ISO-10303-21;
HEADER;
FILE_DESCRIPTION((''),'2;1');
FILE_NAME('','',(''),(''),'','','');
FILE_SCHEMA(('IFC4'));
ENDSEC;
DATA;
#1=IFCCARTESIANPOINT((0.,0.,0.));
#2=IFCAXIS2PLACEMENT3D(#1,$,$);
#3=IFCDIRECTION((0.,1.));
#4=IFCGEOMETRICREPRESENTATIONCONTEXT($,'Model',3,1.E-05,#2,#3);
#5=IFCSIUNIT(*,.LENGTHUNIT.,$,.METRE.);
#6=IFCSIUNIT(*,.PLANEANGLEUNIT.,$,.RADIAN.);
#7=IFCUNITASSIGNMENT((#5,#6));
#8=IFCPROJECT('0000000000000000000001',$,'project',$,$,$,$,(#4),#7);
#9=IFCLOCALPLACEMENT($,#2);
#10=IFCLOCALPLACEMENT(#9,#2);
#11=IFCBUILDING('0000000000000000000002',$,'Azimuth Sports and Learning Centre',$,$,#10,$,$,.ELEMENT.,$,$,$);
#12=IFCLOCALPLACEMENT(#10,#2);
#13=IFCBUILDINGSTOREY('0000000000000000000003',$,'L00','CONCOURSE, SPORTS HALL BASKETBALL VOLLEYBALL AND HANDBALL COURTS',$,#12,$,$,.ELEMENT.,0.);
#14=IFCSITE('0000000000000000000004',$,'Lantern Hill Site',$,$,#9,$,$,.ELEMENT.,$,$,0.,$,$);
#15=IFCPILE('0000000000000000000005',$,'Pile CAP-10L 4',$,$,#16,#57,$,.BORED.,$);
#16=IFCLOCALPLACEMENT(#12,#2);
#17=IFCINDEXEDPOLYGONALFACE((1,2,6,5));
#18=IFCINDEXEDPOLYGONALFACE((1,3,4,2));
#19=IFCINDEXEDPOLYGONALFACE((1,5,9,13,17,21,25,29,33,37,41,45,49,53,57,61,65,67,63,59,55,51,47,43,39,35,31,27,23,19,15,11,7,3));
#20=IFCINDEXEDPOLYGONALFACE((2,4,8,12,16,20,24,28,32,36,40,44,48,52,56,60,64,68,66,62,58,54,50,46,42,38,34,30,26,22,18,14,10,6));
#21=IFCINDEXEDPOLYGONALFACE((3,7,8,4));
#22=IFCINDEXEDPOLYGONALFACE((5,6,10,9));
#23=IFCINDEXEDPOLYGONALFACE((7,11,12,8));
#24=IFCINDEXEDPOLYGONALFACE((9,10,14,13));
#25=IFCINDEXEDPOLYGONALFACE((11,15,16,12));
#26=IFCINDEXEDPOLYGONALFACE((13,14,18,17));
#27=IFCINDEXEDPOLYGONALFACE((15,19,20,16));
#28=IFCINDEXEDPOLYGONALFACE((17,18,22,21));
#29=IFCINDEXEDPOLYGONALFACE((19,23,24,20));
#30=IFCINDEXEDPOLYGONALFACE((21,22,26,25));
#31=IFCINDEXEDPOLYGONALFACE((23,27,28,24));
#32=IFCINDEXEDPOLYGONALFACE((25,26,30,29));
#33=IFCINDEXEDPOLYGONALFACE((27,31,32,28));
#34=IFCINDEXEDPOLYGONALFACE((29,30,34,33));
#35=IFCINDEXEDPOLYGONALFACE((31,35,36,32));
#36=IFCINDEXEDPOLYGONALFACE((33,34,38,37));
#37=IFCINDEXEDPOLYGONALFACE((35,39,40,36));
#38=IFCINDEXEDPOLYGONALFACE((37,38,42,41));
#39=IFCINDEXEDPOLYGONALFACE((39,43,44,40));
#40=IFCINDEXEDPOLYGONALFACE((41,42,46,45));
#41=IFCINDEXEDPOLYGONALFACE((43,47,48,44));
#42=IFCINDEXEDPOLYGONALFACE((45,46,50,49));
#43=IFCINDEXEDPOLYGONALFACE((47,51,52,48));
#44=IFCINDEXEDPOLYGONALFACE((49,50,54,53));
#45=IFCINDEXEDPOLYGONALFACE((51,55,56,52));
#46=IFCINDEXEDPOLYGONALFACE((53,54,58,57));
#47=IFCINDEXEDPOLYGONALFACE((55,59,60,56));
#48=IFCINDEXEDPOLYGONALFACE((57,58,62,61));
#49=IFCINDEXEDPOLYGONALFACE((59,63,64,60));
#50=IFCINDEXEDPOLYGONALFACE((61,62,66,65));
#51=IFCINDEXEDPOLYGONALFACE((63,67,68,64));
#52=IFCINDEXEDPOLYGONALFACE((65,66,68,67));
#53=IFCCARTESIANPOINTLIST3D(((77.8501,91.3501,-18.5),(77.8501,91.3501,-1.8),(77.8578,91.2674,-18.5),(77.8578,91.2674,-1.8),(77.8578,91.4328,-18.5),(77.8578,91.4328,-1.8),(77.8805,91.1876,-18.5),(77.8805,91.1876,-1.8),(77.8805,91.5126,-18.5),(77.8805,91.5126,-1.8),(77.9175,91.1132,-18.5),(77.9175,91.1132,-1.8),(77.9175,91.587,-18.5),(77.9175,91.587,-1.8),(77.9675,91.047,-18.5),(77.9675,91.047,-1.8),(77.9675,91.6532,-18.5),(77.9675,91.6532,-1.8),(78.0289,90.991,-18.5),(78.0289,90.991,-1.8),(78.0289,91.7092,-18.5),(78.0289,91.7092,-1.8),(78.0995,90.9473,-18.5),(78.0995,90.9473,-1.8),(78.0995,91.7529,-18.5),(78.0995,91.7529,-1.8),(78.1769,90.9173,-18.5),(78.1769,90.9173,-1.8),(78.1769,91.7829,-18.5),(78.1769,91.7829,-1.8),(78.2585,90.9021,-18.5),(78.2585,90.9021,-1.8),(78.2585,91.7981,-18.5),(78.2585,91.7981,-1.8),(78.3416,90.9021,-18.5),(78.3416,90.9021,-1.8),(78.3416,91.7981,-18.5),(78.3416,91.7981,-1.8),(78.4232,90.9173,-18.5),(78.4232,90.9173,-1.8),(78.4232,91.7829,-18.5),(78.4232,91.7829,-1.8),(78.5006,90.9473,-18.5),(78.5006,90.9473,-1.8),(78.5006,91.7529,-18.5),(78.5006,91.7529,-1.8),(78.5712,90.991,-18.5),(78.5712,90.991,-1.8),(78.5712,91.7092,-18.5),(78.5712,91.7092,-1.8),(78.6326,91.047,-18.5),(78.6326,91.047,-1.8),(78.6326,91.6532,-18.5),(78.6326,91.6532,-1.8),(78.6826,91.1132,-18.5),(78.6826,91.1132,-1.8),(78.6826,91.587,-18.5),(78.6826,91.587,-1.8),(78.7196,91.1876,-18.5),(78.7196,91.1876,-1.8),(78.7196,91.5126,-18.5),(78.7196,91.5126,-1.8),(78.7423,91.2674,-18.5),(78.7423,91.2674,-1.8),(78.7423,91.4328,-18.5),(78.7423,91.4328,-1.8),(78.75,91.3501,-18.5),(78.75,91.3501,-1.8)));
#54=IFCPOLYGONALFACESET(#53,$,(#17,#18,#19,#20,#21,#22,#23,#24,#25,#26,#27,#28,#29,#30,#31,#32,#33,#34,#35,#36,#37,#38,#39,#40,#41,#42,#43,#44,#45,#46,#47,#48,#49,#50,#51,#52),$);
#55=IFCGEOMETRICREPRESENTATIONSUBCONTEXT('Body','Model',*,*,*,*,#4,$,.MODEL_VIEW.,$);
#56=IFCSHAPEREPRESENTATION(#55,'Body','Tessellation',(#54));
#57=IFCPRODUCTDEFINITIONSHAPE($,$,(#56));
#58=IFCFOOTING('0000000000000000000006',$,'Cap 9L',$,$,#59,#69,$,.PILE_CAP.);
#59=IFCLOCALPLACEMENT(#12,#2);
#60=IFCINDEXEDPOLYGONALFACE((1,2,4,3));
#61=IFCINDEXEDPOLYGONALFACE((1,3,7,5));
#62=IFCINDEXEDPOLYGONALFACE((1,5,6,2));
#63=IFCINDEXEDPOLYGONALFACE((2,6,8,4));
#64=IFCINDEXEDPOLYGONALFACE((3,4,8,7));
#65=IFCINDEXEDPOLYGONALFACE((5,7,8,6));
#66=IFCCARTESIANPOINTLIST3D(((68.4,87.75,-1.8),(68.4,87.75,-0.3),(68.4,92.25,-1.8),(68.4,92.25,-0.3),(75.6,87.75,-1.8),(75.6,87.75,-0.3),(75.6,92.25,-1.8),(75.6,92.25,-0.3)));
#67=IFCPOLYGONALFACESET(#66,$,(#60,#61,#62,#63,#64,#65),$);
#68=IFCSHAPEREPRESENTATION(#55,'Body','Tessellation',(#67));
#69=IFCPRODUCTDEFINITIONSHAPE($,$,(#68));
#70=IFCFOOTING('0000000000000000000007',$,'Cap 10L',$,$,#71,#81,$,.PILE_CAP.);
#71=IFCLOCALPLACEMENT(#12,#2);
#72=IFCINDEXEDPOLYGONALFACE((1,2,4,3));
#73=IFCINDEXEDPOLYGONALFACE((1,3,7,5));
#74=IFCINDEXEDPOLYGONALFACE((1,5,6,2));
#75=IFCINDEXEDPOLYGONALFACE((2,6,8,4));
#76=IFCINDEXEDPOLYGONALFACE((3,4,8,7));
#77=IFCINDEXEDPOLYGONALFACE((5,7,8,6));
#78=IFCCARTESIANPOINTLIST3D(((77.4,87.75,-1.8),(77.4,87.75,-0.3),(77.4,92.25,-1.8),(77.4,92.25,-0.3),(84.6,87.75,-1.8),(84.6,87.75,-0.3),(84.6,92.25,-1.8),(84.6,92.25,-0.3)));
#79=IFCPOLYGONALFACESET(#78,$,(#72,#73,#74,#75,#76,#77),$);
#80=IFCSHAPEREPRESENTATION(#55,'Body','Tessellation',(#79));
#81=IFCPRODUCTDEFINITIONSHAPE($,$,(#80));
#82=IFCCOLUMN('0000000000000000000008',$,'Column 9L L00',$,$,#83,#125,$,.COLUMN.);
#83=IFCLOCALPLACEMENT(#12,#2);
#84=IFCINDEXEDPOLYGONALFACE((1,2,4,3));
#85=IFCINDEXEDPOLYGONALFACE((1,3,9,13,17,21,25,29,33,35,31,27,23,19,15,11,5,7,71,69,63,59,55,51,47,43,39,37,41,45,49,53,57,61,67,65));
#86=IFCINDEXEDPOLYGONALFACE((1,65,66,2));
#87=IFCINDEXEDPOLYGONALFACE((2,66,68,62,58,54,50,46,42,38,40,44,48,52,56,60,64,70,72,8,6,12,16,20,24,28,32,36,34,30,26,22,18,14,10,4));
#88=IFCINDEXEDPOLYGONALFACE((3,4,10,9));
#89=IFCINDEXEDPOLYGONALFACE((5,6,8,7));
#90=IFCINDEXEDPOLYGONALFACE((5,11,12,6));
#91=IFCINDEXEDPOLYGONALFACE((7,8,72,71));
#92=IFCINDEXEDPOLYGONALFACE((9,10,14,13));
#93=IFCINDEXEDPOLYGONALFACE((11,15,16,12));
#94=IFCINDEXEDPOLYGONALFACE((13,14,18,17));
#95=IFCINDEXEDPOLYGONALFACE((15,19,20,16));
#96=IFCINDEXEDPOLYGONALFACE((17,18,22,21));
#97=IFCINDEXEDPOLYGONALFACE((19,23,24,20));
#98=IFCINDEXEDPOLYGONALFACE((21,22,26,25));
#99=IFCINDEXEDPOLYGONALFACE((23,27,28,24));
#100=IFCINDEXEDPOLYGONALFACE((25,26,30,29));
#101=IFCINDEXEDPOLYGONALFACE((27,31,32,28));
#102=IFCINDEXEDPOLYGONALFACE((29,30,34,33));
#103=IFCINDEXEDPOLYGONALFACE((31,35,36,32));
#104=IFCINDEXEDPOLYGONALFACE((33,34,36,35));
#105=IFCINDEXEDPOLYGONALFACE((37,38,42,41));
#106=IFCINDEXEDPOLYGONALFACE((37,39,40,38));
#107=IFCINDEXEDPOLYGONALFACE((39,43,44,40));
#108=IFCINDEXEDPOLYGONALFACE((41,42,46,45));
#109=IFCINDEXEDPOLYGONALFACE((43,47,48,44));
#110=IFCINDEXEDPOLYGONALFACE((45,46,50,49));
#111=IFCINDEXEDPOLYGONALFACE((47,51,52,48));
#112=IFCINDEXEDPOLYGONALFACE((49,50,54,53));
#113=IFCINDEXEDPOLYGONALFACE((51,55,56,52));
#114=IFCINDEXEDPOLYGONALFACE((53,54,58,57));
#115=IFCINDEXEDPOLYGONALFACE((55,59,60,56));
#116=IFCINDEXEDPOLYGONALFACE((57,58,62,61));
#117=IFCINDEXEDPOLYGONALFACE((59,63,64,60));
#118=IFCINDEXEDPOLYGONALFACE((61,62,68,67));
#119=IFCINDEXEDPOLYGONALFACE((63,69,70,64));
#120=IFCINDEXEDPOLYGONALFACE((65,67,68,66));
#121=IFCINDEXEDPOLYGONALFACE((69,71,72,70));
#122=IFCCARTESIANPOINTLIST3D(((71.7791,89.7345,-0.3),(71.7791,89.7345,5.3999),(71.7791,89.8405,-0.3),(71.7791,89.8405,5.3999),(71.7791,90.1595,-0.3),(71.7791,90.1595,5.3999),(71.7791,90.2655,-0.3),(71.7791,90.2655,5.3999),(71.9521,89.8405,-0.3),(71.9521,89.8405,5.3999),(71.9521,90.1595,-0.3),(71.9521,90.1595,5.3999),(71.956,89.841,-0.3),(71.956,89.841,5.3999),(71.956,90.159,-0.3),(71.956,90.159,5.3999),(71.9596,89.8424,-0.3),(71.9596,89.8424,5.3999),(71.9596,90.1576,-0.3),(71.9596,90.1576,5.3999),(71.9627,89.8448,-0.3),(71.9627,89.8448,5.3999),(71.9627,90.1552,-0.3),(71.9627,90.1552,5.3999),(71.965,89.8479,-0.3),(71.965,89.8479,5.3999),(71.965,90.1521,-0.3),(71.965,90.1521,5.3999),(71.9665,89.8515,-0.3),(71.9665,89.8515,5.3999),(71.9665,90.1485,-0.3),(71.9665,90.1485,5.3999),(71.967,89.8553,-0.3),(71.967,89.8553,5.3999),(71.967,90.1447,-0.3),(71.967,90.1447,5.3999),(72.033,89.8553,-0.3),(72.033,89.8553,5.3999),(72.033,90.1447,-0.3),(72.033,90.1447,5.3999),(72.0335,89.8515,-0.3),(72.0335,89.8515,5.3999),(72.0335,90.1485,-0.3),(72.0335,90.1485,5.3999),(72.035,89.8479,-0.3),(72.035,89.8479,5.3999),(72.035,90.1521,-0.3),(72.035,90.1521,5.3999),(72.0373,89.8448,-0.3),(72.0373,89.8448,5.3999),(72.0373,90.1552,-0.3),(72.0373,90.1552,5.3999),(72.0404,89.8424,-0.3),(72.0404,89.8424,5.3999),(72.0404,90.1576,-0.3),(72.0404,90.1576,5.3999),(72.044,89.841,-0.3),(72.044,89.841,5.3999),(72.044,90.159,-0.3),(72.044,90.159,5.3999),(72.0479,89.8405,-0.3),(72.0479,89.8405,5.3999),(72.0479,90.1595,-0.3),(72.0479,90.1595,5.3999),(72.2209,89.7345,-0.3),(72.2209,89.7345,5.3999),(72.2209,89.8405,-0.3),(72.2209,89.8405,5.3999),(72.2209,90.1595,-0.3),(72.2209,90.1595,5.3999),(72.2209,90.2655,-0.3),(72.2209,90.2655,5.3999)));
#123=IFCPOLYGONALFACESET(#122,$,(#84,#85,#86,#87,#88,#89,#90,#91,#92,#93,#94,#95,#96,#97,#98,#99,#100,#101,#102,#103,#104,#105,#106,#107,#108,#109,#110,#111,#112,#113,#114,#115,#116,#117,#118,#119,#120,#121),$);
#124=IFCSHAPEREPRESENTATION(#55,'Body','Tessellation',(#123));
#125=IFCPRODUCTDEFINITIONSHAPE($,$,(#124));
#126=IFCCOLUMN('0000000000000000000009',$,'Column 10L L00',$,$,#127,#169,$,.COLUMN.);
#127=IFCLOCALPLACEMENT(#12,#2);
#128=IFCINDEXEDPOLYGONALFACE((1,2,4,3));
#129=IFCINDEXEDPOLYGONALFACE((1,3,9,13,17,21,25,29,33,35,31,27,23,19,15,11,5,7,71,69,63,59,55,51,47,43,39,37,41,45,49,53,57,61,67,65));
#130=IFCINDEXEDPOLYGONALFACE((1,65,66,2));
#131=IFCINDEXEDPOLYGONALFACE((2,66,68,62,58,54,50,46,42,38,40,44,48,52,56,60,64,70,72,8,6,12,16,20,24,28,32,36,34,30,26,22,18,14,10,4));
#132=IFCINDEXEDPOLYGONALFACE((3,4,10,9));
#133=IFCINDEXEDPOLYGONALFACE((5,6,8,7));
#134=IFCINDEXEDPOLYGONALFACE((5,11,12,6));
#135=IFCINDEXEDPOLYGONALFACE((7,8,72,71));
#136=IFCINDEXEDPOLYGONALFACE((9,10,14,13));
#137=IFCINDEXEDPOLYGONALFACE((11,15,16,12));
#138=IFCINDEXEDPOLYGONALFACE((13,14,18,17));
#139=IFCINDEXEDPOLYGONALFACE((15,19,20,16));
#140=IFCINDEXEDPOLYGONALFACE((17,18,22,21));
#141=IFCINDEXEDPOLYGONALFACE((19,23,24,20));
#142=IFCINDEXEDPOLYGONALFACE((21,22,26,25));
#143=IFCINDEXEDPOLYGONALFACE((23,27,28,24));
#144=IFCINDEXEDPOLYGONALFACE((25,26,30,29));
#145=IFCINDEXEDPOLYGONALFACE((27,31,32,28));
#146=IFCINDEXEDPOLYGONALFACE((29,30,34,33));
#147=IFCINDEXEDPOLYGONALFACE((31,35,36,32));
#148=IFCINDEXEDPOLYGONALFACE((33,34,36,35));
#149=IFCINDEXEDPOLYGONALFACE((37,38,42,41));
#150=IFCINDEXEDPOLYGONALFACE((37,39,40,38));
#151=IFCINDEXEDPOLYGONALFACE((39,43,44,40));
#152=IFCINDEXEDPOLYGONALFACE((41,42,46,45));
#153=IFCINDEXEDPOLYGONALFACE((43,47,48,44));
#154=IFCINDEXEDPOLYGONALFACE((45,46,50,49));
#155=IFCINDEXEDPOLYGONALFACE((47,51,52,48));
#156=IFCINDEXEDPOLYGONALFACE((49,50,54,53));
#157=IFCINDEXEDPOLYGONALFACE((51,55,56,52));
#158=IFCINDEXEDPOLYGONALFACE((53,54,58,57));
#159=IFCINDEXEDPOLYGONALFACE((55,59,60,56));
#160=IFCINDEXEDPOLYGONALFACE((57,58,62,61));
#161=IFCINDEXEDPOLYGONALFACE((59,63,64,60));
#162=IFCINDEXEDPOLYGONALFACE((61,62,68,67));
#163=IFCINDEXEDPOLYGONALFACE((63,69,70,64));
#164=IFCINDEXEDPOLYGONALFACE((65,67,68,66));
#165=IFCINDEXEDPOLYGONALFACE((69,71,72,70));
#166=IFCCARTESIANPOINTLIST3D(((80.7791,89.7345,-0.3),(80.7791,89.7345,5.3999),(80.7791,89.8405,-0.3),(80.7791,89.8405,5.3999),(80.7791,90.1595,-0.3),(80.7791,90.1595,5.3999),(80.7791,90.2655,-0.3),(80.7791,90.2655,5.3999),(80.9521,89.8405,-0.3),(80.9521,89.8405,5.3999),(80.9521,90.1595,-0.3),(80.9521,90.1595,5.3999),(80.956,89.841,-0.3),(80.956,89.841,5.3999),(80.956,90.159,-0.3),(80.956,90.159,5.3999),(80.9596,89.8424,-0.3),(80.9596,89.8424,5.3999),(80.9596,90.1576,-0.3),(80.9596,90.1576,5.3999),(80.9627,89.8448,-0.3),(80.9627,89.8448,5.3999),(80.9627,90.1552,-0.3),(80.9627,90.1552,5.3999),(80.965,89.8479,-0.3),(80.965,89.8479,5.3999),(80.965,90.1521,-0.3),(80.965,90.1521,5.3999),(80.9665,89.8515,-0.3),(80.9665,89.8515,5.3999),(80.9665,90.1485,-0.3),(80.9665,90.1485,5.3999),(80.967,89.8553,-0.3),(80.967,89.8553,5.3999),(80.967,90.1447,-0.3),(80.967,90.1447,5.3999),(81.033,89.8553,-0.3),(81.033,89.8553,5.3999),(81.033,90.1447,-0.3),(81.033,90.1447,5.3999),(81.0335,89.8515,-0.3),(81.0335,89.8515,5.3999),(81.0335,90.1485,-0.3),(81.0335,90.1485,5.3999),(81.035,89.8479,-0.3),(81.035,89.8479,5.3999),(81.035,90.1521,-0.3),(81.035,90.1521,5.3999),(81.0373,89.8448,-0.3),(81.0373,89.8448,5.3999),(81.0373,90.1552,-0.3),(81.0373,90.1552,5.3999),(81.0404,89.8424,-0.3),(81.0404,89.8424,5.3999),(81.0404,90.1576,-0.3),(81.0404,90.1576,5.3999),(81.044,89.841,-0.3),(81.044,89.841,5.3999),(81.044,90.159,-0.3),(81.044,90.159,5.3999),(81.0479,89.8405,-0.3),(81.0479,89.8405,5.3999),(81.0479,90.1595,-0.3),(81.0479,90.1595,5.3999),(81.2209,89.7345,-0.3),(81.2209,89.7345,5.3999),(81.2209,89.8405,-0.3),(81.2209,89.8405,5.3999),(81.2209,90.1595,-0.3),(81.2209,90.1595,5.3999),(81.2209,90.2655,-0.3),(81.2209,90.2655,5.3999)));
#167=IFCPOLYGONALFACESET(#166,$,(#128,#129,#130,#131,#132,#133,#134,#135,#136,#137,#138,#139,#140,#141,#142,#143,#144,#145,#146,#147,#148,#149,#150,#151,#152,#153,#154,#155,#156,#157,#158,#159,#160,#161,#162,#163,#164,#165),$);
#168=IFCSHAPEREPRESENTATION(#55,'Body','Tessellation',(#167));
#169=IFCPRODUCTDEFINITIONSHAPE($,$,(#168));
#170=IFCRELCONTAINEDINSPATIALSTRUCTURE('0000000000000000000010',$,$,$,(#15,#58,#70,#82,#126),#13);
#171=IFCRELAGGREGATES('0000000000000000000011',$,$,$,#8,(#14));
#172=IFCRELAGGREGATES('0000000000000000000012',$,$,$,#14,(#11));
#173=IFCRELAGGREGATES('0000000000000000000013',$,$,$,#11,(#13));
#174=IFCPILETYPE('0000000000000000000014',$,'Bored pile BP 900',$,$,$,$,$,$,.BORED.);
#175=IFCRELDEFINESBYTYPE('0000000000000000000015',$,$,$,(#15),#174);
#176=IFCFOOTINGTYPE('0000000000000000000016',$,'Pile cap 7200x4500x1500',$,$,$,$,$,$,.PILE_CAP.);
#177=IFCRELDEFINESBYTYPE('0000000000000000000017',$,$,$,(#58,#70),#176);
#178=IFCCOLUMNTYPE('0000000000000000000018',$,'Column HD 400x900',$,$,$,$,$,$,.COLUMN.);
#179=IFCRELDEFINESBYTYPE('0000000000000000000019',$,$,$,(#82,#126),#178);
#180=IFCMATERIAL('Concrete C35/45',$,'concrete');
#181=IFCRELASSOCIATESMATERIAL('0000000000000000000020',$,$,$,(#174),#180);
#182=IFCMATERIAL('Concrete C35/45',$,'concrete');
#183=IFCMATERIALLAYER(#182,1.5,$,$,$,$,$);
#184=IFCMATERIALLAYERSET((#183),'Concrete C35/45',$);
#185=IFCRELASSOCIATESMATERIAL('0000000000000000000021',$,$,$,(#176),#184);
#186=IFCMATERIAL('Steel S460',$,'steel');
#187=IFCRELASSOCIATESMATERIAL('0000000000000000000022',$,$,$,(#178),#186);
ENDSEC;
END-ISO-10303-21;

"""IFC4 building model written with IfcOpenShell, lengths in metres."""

from ifc_helpers import new_model, si_unit, direction, frame, origin, origin_2d, place, context, subcontext, project, spatial, rectangle, circle, i_section, extrude, material, layer, layer_set, material_profile, profile_set, type_object, element, save


model = new_model("IFC4")

# Units and contexts
model_context = context("Model", 3, precision=1e-05, world=origin(), true_north=direction((0.0, 1.0)))
body_context = subcontext(model_context, "Body", "Model", "MODEL_VIEW")
ifc_project = project(units=[si_unit("LENGTHUNIT", "METRE"), si_unit("PLANEANGLEUNIT", "RADIAN")], contexts=[model_context])

# Site, building, storey
site_placement = place(None, origin())
site = spatial("IfcSite", under=ifc_project, at=site_placement, Name="Lantern Hill Site", CompositionType="ELEMENT", RefElevation=0.0)
building_placement = place(site_placement, origin())
building = spatial("IfcBuilding", under=site, at=building_placement, Name="Azimuth Sports and Learning Centre", CompositionType="ELEMENT")
storey_placement = place(building_placement, origin())
storey = spatial("IfcBuildingStorey", under=building, at=storey_placement, Name="L00", Description="CONCOURSE, SPORTS HALL BASKETBALL VOLLEYBALL AND HANDBALL COURTS", CompositionType="ELEMENT", Elevation=0.0)

# Pile
ifc_material_1 = material(Name="Concrete C35/45", Category="concrete")
ifc_material_profile_1 = material_profile(ifc_material_1, circle(Radius=0.45, at=origin_2d()), Name="BP 900")
ifc_profile_set_1 = profile_set([ifc_material_profile_1], Name="Concrete C35/45")
pile_type = type_object("IfcPileType", Name="Bored pile BP 900", PredefinedType="BORED", material=ifc_profile_set_1)
for number, where, z_axis, x_axis, name in (
    (1, (78.3, 91.3501, -1.8), (0.0, 0.0, -1.0), (1.0, 0.0, 0.0), "Pile CAP-10L 4"),
):
    element("IfcPile", number, at=place(storey_placement, frame(where, z_axis=z_axis, x_axis=x_axis)), inside=storey, type_object=pile_type, Name=name, PredefinedType="BORED", context=body_context, shape_type="SweptSolid", body=[
        extrude(circle(Radius=0.45, at=origin_2d()), origin(), (0.0, 0.0, 1.0), 16.7),
    ])

# Footings
ifc_material_2 = material(Name="Concrete C35/45", Category="concrete")
ifc_layer_1 = layer(ifc_material_2, 1.5)
ifc_layer_set_1 = layer_set([ifc_layer_1], Name="Concrete C35/45")
footing_type = type_object("IfcFootingType", Name="Pile cap 7200x4500x1500", PredefinedType="PILE_CAP", material=ifc_layer_set_1)
for number, where, z_axis, x_axis, name in (
    (2, (72.0, 90.0, -1.8), (0.0, 0.0, 1.0), (1.0, 0.0, 0.0), "Cap 9L"),
    (3, (81.0, 90.0, -1.8), (0.0, 0.0, 1.0), (1.0, 0.0, 0.0), "Cap 10L"),
):
    element("IfcFooting", number, at=place(storey_placement, frame(where, z_axis=z_axis, x_axis=x_axis)), inside=storey, type_object=footing_type, Name=name, PredefinedType="PILE_CAP", context=body_context, shape_type="SweptSolid", body=[
        extrude(rectangle(XDim=7.2, YDim=4.5, at=origin_2d()), origin(), (0.0, 0.0, 1.0), 1.5),
    ])

# Columns
ifc_material_3 = material(Name="Steel S460", Category="steel")
ifc_material_profile_2 = material_profile(ifc_material_3, i_section(OverallWidth=0.4419, OverallDepth=0.531, WebThickness=0.0659, FlangeThickness=0.106, FilletRadius=0.0149, at=origin_2d()), Name="HD 400x900")
ifc_profile_set_2 = profile_set([ifc_material_profile_2], Name="Steel S460")
column_type = type_object("IfcColumnType", Name="Column HD 400x900", PredefinedType="COLUMN", material=ifc_profile_set_2)
for number, where, z_axis, x_axis, name in (
    (4, (72.0, 90.0, -0.3), (0.0, 0.0, 1.0), (1.0, 0.0, 0.0), "Column 9L L00"),
    (5, (81.0, 90.0, -0.3), (0.0, 0.0, 1.0), (1.0, 0.0, 0.0), "Column 10L L00"),
):
    element("IfcColumn", number, at=place(storey_placement, frame(where, z_axis=z_axis, x_axis=x_axis)), inside=storey, type_object=column_type, Name=name, PredefinedType="COLUMN", context=body_context, shape_type="SweptSolid", body=[
        extrude(i_section(OverallWidth=0.4419, OverallDepth=0.531, WebThickness=0.0659, FlangeThickness=0.106, FilletRadius=0.0149, at=origin_2d()), origin(), (0.0, 0.0, 1.0), 5.7),
    ])

save(model, "model.ifc")
